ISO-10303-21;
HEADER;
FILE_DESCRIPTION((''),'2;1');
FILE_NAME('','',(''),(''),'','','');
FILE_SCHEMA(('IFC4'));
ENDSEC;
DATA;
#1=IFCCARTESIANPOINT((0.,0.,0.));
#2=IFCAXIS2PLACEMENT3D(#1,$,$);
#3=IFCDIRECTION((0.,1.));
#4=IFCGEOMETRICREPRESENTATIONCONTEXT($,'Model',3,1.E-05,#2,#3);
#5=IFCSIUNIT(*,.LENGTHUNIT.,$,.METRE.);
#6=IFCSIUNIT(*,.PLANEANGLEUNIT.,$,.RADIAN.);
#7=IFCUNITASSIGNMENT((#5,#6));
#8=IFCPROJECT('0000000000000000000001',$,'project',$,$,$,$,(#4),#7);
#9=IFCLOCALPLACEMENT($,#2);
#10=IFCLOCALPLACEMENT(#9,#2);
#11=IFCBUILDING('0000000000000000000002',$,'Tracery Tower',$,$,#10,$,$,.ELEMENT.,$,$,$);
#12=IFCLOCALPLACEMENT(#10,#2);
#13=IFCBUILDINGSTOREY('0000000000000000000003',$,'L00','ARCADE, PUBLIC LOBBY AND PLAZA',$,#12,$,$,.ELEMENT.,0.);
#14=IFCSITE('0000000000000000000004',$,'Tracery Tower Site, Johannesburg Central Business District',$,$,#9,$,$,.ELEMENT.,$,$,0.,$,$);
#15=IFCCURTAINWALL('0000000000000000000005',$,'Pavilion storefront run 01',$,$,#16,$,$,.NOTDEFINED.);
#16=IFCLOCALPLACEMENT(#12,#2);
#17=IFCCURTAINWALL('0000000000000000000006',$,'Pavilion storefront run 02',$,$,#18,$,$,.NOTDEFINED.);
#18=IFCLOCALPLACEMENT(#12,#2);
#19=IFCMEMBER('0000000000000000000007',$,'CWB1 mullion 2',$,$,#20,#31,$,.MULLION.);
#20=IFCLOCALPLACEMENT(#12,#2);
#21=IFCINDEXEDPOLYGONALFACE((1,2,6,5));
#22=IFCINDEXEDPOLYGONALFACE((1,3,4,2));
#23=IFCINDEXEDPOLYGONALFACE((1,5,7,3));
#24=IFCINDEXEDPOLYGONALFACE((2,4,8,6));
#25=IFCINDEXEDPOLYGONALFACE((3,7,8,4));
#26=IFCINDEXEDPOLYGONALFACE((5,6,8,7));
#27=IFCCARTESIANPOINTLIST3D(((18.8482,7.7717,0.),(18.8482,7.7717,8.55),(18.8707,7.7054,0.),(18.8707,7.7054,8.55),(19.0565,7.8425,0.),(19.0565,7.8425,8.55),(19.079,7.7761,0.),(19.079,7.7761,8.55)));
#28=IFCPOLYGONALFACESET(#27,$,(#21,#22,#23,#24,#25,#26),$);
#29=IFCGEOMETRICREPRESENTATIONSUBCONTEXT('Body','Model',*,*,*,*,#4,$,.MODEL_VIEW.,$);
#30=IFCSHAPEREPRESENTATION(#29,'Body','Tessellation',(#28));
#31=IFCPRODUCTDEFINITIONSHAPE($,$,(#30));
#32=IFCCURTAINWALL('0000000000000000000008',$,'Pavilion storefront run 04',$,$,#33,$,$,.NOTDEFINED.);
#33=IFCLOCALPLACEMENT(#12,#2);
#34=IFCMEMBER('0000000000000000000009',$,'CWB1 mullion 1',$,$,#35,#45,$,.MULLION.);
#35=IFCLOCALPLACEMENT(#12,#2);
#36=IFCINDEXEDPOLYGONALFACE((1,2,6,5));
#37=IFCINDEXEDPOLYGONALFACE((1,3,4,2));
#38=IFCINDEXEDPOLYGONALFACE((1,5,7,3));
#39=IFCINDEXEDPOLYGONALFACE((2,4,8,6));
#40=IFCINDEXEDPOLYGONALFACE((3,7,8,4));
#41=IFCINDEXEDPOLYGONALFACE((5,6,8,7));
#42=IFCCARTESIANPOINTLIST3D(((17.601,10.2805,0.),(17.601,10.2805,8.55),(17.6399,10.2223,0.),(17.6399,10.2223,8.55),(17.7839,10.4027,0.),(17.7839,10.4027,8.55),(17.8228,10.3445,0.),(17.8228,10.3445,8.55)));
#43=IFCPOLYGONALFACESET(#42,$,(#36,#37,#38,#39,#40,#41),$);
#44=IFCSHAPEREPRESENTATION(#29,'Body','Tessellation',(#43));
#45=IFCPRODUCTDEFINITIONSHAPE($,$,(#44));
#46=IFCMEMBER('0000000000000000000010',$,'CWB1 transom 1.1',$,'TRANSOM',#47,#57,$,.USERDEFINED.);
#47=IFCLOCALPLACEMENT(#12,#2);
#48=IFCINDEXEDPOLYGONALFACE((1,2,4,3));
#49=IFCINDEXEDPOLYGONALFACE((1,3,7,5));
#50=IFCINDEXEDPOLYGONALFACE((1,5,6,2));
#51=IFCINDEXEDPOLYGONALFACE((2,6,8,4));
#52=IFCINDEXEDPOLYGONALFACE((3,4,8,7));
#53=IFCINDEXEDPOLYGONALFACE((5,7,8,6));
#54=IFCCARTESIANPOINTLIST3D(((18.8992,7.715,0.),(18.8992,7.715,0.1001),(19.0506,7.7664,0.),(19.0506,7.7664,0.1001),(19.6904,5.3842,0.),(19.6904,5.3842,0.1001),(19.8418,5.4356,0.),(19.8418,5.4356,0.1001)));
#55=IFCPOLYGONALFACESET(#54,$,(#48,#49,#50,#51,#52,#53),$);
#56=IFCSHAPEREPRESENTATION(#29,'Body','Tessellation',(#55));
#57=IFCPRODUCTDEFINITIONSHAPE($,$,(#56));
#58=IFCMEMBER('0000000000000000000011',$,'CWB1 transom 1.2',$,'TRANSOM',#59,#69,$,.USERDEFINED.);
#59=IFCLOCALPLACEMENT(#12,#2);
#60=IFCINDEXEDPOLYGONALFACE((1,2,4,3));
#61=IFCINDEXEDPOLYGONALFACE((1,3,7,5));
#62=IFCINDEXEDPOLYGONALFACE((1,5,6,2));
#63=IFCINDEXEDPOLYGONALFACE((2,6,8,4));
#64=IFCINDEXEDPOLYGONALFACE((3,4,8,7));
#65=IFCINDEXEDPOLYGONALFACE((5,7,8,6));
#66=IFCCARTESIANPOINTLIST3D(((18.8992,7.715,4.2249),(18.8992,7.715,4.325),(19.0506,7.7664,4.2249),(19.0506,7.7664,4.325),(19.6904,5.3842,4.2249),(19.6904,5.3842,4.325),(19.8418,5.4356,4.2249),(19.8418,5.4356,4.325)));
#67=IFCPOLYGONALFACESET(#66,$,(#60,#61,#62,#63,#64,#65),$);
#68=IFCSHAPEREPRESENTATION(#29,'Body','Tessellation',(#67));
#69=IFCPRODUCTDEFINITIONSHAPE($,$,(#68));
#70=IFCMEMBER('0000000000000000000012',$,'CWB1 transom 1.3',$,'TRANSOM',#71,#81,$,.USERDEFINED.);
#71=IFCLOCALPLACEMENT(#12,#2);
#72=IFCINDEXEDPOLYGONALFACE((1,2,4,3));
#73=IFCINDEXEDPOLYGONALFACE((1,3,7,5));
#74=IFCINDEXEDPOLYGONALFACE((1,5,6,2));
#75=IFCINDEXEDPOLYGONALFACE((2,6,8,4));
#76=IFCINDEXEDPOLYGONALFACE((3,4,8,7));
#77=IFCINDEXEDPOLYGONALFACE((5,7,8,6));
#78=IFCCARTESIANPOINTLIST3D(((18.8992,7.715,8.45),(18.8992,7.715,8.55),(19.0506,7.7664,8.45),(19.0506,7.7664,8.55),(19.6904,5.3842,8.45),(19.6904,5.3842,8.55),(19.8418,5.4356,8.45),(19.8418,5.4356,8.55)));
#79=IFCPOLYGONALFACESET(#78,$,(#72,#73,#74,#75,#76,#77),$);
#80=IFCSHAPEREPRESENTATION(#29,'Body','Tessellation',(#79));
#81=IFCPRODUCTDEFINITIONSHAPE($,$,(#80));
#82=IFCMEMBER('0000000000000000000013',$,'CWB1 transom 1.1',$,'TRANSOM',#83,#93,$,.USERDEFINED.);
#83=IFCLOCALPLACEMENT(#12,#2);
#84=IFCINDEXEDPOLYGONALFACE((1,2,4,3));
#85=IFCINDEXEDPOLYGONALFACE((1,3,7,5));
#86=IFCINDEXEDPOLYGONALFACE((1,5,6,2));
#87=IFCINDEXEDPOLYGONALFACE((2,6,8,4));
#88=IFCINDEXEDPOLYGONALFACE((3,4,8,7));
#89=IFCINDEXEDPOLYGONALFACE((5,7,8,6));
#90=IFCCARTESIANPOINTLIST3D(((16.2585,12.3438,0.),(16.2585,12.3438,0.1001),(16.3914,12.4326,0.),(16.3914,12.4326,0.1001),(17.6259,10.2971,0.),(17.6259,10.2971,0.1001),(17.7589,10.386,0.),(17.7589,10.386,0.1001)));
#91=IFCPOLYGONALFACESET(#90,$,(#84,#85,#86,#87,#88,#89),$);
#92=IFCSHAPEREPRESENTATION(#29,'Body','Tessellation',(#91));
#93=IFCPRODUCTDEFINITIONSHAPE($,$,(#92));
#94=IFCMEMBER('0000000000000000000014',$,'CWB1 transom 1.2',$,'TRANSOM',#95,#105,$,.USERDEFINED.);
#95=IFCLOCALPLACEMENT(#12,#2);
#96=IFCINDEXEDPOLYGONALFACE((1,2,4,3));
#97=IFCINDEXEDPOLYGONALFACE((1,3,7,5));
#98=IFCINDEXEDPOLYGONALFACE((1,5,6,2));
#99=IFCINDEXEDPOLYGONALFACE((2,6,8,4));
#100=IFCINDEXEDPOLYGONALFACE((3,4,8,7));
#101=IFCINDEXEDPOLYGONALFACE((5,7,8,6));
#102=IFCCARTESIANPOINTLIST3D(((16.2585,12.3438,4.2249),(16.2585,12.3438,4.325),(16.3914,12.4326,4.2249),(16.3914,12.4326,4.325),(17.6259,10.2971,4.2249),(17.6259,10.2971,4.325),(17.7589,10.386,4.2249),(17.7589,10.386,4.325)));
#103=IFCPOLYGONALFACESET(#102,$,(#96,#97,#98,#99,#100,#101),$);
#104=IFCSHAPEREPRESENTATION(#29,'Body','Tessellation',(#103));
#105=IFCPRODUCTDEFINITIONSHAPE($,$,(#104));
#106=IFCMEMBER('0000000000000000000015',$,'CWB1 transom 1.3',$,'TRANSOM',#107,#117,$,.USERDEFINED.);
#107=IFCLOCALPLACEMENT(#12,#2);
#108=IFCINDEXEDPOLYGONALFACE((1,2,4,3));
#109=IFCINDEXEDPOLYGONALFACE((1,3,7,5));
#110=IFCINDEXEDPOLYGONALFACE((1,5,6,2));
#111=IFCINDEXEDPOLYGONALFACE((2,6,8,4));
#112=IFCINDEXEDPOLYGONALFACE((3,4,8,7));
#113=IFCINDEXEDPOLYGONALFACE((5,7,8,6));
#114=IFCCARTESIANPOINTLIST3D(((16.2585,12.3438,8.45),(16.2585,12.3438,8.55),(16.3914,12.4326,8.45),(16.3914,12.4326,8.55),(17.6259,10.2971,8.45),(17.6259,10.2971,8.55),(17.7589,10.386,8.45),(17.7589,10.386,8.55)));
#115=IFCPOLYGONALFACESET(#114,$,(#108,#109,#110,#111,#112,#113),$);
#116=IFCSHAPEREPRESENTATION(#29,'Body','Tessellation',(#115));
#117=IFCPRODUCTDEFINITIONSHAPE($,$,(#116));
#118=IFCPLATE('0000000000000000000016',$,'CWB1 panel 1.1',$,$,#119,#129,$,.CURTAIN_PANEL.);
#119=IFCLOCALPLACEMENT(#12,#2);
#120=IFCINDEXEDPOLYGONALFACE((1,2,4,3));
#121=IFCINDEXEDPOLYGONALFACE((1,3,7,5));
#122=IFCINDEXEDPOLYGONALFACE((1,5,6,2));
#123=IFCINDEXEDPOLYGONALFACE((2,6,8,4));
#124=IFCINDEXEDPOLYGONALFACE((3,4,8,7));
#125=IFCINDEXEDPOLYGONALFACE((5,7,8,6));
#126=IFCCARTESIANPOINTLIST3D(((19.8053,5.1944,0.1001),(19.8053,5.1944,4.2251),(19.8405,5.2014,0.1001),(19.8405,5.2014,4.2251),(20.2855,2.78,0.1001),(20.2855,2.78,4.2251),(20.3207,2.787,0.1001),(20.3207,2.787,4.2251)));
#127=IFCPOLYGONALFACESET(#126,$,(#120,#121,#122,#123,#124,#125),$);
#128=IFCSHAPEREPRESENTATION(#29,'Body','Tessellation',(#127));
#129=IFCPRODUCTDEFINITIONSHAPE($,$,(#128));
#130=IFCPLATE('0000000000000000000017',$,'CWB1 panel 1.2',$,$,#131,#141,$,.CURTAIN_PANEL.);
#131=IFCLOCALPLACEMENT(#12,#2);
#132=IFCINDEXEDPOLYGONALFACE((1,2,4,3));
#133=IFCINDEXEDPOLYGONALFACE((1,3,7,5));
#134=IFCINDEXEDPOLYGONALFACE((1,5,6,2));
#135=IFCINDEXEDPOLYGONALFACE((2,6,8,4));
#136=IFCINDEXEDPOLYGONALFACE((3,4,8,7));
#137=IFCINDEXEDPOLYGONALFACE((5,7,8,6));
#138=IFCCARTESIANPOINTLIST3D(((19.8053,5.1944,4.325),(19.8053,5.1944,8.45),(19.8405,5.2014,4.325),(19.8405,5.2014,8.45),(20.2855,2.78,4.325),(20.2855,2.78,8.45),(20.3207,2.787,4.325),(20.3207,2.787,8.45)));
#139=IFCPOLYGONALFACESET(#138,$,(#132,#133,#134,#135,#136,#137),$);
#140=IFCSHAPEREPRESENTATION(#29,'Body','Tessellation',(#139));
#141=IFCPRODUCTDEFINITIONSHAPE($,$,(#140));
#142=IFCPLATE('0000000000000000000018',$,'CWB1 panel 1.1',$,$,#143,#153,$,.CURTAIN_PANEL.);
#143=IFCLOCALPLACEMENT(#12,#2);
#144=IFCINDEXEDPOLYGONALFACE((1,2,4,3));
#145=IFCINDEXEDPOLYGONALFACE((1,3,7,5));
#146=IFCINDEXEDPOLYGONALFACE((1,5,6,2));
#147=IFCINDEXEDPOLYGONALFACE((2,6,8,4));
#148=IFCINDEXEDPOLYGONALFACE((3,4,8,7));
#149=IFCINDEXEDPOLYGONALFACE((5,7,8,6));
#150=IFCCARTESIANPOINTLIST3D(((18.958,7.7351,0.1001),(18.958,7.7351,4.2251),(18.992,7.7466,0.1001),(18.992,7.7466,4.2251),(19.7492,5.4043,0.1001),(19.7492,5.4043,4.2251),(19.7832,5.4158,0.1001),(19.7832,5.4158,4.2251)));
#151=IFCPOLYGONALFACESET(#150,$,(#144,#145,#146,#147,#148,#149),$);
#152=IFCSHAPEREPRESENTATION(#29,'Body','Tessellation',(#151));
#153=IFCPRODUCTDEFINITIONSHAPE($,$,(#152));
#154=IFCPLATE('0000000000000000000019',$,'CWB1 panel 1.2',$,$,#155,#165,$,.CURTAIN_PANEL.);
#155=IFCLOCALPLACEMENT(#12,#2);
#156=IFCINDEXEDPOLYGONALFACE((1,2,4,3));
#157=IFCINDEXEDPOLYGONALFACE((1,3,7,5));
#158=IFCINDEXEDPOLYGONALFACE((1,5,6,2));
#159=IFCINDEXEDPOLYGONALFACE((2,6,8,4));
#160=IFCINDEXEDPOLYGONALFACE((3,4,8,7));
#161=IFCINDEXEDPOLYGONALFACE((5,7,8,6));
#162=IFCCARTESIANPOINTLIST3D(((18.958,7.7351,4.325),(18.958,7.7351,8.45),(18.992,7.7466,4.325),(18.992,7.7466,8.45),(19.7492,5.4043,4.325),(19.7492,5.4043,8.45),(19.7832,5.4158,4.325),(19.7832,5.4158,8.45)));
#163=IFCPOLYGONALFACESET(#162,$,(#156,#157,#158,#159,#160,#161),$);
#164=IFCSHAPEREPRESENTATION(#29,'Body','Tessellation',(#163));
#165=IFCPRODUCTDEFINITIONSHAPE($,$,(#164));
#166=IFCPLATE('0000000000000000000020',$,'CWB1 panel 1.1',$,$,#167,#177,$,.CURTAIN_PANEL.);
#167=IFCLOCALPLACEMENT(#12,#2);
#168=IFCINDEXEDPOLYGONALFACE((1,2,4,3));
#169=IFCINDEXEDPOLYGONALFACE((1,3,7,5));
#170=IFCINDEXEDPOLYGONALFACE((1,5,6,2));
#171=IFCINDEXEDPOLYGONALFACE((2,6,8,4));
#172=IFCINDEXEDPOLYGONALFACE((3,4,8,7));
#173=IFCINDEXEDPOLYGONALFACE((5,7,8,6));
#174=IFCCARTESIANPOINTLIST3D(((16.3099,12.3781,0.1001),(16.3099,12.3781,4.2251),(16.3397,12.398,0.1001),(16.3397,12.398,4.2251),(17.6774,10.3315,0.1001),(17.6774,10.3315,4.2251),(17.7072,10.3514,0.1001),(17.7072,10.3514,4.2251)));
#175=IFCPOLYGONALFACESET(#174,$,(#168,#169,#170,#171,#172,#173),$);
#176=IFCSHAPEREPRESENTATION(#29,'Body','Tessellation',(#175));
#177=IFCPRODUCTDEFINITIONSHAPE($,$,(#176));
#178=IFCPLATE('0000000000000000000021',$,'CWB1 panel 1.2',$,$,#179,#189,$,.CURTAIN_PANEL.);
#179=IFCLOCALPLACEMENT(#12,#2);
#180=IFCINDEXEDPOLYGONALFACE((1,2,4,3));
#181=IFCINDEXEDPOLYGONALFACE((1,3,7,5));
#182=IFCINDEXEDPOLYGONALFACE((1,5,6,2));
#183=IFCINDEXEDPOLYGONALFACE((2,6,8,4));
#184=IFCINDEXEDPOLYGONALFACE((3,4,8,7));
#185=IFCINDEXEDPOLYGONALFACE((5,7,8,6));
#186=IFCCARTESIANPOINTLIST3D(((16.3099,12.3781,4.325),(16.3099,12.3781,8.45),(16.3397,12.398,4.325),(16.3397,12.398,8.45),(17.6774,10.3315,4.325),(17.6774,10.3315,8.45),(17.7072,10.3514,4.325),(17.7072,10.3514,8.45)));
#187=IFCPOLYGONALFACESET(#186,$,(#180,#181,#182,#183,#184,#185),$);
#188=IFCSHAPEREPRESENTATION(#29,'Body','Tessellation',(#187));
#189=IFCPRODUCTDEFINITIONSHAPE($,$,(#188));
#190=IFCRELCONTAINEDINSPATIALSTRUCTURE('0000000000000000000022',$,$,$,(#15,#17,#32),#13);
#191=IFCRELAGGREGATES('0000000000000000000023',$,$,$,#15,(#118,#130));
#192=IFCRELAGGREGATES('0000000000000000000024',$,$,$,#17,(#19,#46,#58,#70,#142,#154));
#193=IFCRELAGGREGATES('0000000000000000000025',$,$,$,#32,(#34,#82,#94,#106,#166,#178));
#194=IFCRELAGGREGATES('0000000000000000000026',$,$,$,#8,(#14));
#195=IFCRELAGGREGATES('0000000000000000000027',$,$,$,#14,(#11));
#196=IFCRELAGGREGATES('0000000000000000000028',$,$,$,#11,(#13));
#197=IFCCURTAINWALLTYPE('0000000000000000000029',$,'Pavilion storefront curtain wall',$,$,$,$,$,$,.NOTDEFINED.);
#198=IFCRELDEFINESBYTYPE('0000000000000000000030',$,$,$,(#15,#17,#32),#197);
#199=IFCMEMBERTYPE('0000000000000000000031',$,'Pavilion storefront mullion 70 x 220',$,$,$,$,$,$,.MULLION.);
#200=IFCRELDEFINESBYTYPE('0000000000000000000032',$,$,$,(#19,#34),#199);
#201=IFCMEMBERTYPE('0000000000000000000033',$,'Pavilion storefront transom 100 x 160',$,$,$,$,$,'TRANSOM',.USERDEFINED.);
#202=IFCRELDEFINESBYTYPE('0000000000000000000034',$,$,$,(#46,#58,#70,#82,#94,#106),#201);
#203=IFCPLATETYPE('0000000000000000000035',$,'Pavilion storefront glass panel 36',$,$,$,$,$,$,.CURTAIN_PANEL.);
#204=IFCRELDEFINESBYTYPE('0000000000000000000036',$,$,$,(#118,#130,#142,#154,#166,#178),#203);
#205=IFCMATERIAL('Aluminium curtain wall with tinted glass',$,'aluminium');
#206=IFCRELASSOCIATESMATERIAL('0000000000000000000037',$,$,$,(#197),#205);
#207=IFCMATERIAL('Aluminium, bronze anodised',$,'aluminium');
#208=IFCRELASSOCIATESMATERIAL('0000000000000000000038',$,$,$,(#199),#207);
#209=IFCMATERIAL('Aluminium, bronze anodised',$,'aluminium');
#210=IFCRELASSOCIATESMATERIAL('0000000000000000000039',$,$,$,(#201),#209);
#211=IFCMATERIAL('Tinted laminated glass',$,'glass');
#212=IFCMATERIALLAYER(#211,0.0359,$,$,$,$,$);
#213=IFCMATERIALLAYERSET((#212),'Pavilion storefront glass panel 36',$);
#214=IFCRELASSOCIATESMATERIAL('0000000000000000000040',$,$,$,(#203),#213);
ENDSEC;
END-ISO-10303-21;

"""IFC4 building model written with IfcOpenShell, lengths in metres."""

from ifc_helpers import new_model, si_unit, direction, frame, origin, origin_2d, place, context, subcontext, project, spatial, rectangle, extrude, material, layer, layer_set, material_profile, profile_set, type_object, element, aggregate, save


model = new_model("IFC4")

# Units and contexts
model_context = context("Model", 3, precision=1e-05, world=origin(), true_north=direction((0.0, 1.0)))
body_context = subcontext(model_context, "Body", "Model", "MODEL_VIEW")
ifc_project = project(units=[si_unit("LENGTHUNIT", "METRE"), si_unit("PLANEANGLEUNIT", "RADIAN")], contexts=[model_context])

# Site, building, storey
site_placement = place(None, origin())
site = spatial("IfcSite", under=ifc_project, at=site_placement, Name="Tracery Tower Site, Johannesburg Central Business District", CompositionType="ELEMENT", RefElevation=0.0)
building_placement = place(site_placement, origin())
building = spatial("IfcBuilding", under=site, at=building_placement, Name="Tracery Tower", CompositionType="ELEMENT")
storey_placement = place(building_placement, origin())
storey = spatial("IfcBuildingStorey", under=building, at=storey_placement, Name="L00", Description="ARCADE, PUBLIC LOBBY AND PLAZA", CompositionType="ELEMENT", Elevation=0.0)

# Curtain wall
ifc_material_1 = material(Name="Aluminium curtain wall with tinted glass", Category="aluminium")
curtain_wall_type = type_object("IfcCurtainWallType", Name="Pavilion storefront curtain wall", PredefinedType="NOTDEFINED", material=ifc_material_1)
curtain_wall_1_placement = place(storey_placement, origin())
curtain_wall_1 = element("IfcCurtainWall", 1, at=curtain_wall_1_placement, inside=storey, type_object=curtain_wall_type, Name="Pavilion storefront run 01", PredefinedType="NOTDEFINED")
ifc_material_2 = material(Name="Aluminium, bronze anodised", Category="aluminium")
ifc_material_profile_1 = material_profile(ifc_material_2, rectangle(XDim=0.22, YDim=0.0701, at=origin_2d()), Name="Pavilion storefront mullion 70 x 220")
ifc_profile_set_1 = profile_set([ifc_material_profile_1], Name="Aluminium, bronze anodised")
member_type_1 = type_object("IfcMemberType", Name="Pavilion storefront mullion 70 x 220", PredefinedType="MULLION", material=ifc_profile_set_1)

# Curtain wall, member
curtain_wall_2_placement = place(storey_placement, origin())
curtain_wall_2 = element("IfcCurtainWall", 2, at=curtain_wall_2_placement, inside=storey, type_object=curtain_wall_type, Name="Pavilion storefront run 02", PredefinedType="NOTDEFINED")
member_1_placement = place(storey_placement, frame((18.9636, 7.7739, 0.0), z_axis=(0.0, 0.0, 1.0), x_axis=(-0.946931, -0.321435, 0.0)))
member_1 = element("IfcMember", 3, at=member_1_placement, type_object=member_type_1, Name="CWB1 mullion 2", PredefinedType="MULLION", context=body_context, shape_type="SweptSolid", body=[
    extrude(rectangle(XDim=0.22, YDim=0.0701, at=origin_2d()), origin(), (0.0, 0.0, 1.0), 8.55),
])

# Curtain wall, member
curtain_wall_3_placement = place(storey_placement, origin())
curtain_wall_3 = element("IfcCurtainWall", 4, at=curtain_wall_3_placement, inside=storey, type_object=curtain_wall_type, Name="Pavilion storefront run 04", PredefinedType="NOTDEFINED")
member_2_placement = place(storey_placement, frame((17.7119, 10.3125, 0.0), z_axis=(0.0, 0.0, 1.0), x_axis=(-0.831476, -0.55556, 0.0)))
member_2 = element("IfcMember", 5, at=member_2_placement, type_object=member_type_1, Name="CWB1 mullion 1", PredefinedType="MULLION", context=body_context, shape_type="SweptSolid", body=[
    extrude(rectangle(XDim=0.22, YDim=0.0701, at=origin_2d()), origin(), (0.0, 0.0, 1.0), 8.55),
])

# Members
ifc_material_3 = material(Name="Aluminium, bronze anodised", Category="aluminium")
ifc_material_profile_2 = material_profile(ifc_material_3, rectangle(XDim=0.1599, YDim=0.1001, at=origin_2d()), Name="Pavilion storefront transom 100 x 160")
ifc_profile_set_2 = profile_set([ifc_material_profile_2], Name="Aluminium, bronze anodised")
member_type_2 = type_object("IfcMemberType", Name="Pavilion storefront transom 100 x 160", ElementType="TRANSOM", PredefinedType="USERDEFINED", material=ifc_profile_set_2)
member_3_placement = place(storey_placement, frame((19.7661, 5.4099, 0.05), z_axis=(-0.32146, 0.946923, 0.0), x_axis=(-0.946923, -0.32146, 0.0)))
member_3 = element("IfcMember", 6, at=member_3_placement, type_object=member_type_2, Name="CWB1 transom 1.1", ObjectType="TRANSOM", PredefinedType="USERDEFINED", context=body_context, shape_type="SweptSolid", body=[
    extrude(rectangle(XDim=0.1599, YDim=0.1001, at=origin_2d()), origin(), (0.0, 0.0, 1.0), 2.4614),
])
member_4_placement = place(storey_placement, frame((19.7661, 5.4099, 4.2749), z_axis=(-0.32146, 0.946923, 0.0), x_axis=(-0.946923, -0.32146, 0.0)))
member_4 = element("IfcMember", 7, at=member_4_placement, type_object=member_type_2, Name="CWB1 transom 1.2", ObjectType="TRANSOM", PredefinedType="USERDEFINED", context=body_context, shape_type="SweptSolid", body=[
    extrude(rectangle(XDim=0.1599, YDim=0.1001, at=origin_2d()), origin(), (0.0, 0.0, 1.0), 2.4614),
])
member_5_placement = place(storey_placement, frame((19.7661, 5.4099, 8.5), z_axis=(-0.32146, 0.946923, 0.0), x_axis=(-0.946923, -0.32146, 0.0)))
member_5 = element("IfcMember", 8, at=member_5_placement, type_object=member_type_2, Name="CWB1 transom 1.3", ObjectType="TRANSOM", PredefinedType="USERDEFINED", context=body_context, shape_type="SweptSolid", body=[
    extrude(rectangle(XDim=0.1599, YDim=0.1001, at=origin_2d()), origin(), (0.0, 0.0, 1.0), 2.4614),
])
member_6_placement = place(storey_placement, frame((17.6924, 10.3416, 0.05), z_axis=(-0.555547, 0.831485, 0.0), x_axis=(-0.831485, -0.555547, 0.0)))
member_6 = element("IfcMember", 9, at=member_6_placement, type_object=member_type_2, Name="CWB1 transom 1.1", ObjectType="TRANSOM", PredefinedType="USERDEFINED", context=body_context, shape_type="SweptSolid", body=[
    extrude(rectangle(XDim=0.1599, YDim=0.1001, at=origin_2d()), origin(), (0.0, 0.0, 1.0), 2.4614),
])
member_7_placement = place(storey_placement, frame((17.6924, 10.3416, 4.2749), z_axis=(-0.555547, 0.831485, 0.0), x_axis=(-0.831485, -0.555547, 0.0)))
member_7 = element("IfcMember", 10, at=member_7_placement, type_object=member_type_2, Name="CWB1 transom 1.2", ObjectType="TRANSOM", PredefinedType="USERDEFINED", context=body_context, shape_type="SweptSolid", body=[
    extrude(rectangle(XDim=0.1599, YDim=0.1001, at=origin_2d()), origin(), (0.0, 0.0, 1.0), 2.4614),
])
member_8_placement = place(storey_placement, frame((17.6924, 10.3416, 8.5), z_axis=(-0.555547, 0.831485, 0.0), x_axis=(-0.831485, -0.555547, 0.0)))
member_8 = element("IfcMember", 11, at=member_8_placement, type_object=member_type_2, Name="CWB1 transom 1.3", ObjectType="TRANSOM", PredefinedType="USERDEFINED", context=body_context, shape_type="SweptSolid", body=[
    extrude(rectangle(XDim=0.1599, YDim=0.1001, at=origin_2d()), origin(), (0.0, 0.0, 1.0), 2.4614),
])

# Plates
ifc_material_4 = material(Name="Tinted laminated glass", Category="glass")
ifc_layer_1 = layer(ifc_material_4, 0.0359)
ifc_layer_set_1 = layer_set([ifc_layer_1], Name="Pavilion storefront glass panel 36")
plate_type = type_object("IfcPlateType", Name="Pavilion storefront glass panel 36", PredefinedType="CURTAIN_PANEL", material=ifc_layer_set_1)
plate_1_placement = place(storey_placement, frame((20.063, 3.9907, 0.1001), z_axis=(0.0, 0.0, 1.0), x_axis=(-0.195074, 0.980789, 0.0)))
plate_1 = element("IfcPlate", 12, at=plate_1_placement, type_object=plate_type, Name="CWB1 panel 1.1", PredefinedType="CURTAIN_PANEL", context=body_context, shape_type="SweptSolid", body=[
    extrude(rectangle(XDim=2.4617, YDim=0.0359, at=origin_2d()), origin(), (0.0, 0.0, 1.0), 4.125),
])
plate_2_placement = place(storey_placement, frame((20.063, 3.9907, 4.325), z_axis=(0.0, 0.0, 1.0), x_axis=(-0.195074, 0.980789, 0.0)))
plate_2 = element("IfcPlate", 13, at=plate_2_placement, type_object=plate_type, Name="CWB1 panel 1.2", PredefinedType="CURTAIN_PANEL", context=body_context, shape_type="SweptSolid", body=[
    extrude(rectangle(XDim=2.4617, YDim=0.0359, at=origin_2d()), origin(), (0.0, 0.0, 1.0), 4.125),
])
aggregate(curtain_wall_1, [plate_1, plate_2])
plate_3_placement = place(storey_placement, frame((19.3706, 6.5754, 0.1001), z_axis=(0.0, 0.0, 1.0), x_axis=(-0.321435, 0.946931, 0.0)))
plate_3 = element("IfcPlate", 14, at=plate_3_placement, type_object=plate_type, Name="CWB1 panel 1.1", PredefinedType="CURTAIN_PANEL", context=body_context, shape_type="SweptSolid", body=[
    extrude(rectangle(XDim=2.4614, YDim=0.0359, at=origin_2d()), origin(), (0.0, 0.0, 1.0), 4.125),
])
plate_4_placement = place(storey_placement, frame((19.3706, 6.5754, 4.325), z_axis=(0.0, 0.0, 1.0), x_axis=(-0.321435, 0.946931, 0.0)))
plate_4 = element("IfcPlate", 15, at=plate_4_placement, type_object=plate_type, Name="CWB1 panel 1.2", PredefinedType="CURTAIN_PANEL", context=body_context, shape_type="SweptSolid", body=[
    extrude(rectangle(XDim=2.4614, YDim=0.0359, at=origin_2d()), origin(), (0.0, 0.0, 1.0), 4.125),
])
aggregate(curtain_wall_2, [member_1, member_3, member_4, member_5, plate_3, plate_4])
plate_5_placement = place(storey_placement, frame((17.0085, 11.3647, 0.1001), z_axis=(0.0, 0.0, 1.0), x_axis=(-0.55556, 0.831476, 0.0)))
plate_5 = element("IfcPlate", 16, at=plate_5_placement, type_object=plate_type, Name="CWB1 panel 1.1", PredefinedType="CURTAIN_PANEL", context=body_context, shape_type="SweptSolid", body=[
    extrude(rectangle(XDim=2.4614, YDim=0.0359, at=origin_2d()), origin(), (0.0, 0.0, 1.0), 4.125),
])
plate_6_placement = place(storey_placement, frame((17.0085, 11.3647, 4.325), z_axis=(0.0, 0.0, 1.0), x_axis=(-0.55556, 0.831476, 0.0)))
plate_6 = element("IfcPlate", 17, at=plate_6_placement, type_object=plate_type, Name="CWB1 panel 1.2", PredefinedType="CURTAIN_PANEL", context=body_context, shape_type="SweptSolid", body=[
    extrude(rectangle(XDim=2.4614, YDim=0.0359, at=origin_2d()), origin(), (0.0, 0.0, 1.0), 4.125),
])
aggregate(curtain_wall_3, [member_2, member_6, member_7, member_8, plate_5, plate_6])

save(model, "model.ifc")
